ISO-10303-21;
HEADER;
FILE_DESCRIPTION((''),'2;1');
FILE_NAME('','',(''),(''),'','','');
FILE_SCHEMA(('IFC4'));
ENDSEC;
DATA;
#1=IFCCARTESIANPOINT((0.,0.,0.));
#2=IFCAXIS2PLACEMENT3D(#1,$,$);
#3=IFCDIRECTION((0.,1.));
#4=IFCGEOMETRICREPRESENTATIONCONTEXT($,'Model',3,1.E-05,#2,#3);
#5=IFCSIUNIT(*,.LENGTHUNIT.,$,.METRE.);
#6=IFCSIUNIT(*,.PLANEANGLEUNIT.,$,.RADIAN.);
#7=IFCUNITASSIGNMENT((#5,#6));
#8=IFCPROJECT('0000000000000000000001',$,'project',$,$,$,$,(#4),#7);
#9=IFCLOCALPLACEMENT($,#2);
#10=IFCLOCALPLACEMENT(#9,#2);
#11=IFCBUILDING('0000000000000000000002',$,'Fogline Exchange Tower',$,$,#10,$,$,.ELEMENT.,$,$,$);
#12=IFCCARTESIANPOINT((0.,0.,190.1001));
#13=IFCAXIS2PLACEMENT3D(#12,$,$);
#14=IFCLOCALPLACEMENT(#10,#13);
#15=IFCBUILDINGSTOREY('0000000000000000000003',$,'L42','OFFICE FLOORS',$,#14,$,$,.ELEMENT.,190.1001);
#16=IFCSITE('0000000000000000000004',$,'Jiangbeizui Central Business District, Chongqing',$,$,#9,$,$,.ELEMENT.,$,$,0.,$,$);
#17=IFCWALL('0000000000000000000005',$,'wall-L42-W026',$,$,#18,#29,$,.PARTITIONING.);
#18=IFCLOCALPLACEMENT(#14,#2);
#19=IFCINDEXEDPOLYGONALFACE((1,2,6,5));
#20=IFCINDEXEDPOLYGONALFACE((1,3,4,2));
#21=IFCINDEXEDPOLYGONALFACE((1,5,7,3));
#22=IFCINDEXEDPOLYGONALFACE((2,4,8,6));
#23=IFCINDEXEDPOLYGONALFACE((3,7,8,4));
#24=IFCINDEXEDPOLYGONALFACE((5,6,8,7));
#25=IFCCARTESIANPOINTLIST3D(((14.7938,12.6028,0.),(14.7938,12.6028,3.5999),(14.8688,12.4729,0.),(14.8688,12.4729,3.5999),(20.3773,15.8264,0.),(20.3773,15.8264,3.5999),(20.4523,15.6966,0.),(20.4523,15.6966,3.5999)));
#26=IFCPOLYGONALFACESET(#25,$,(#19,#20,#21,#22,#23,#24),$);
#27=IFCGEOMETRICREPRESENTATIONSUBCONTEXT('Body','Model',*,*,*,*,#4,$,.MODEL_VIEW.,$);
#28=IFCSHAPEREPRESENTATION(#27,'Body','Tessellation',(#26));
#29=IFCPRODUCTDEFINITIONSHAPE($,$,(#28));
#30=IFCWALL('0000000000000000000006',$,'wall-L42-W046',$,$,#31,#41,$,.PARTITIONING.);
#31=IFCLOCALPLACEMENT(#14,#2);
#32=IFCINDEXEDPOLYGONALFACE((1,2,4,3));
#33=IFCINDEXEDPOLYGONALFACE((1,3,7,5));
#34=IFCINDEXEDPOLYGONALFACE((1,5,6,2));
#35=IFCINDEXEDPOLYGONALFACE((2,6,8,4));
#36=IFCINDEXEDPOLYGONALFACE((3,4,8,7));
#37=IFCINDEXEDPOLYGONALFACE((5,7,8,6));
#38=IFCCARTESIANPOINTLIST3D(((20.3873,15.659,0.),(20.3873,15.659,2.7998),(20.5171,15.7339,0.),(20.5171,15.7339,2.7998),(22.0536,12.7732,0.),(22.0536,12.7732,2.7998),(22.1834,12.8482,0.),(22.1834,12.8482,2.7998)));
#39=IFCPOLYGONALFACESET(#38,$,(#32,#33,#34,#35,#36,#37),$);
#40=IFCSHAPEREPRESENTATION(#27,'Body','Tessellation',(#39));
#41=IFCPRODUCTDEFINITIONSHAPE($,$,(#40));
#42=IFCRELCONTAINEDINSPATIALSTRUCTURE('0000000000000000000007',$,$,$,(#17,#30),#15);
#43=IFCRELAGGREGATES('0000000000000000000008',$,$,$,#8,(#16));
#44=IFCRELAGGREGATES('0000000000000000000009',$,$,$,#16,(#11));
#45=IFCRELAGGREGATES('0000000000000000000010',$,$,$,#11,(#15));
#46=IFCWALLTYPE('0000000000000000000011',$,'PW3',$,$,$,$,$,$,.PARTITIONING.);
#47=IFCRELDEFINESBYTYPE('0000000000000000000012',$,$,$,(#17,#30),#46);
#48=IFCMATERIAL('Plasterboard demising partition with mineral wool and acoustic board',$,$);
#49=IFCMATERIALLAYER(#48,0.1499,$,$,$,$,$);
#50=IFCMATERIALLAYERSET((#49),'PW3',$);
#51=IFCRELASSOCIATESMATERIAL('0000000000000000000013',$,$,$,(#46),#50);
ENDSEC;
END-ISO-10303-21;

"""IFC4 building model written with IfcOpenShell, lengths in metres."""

from ifc_helpers import new_model, si_unit, direction, frame, frame_2d, origin, place, context, subcontext, project, spatial, rectangle, extrude, material, layer, layer_set, type_object, element, save


model = new_model("IFC4")

# Units and contexts
model_context = context("Model", 3, precision=1e-05, world=origin(), true_north=direction((0.0, 1.0)))
body_context = subcontext(model_context, "Body", "Model", "MODEL_VIEW")
ifc_project = project(units=[si_unit("LENGTHUNIT", "METRE"), si_unit("PLANEANGLEUNIT", "RADIAN")], contexts=[model_context])

# Site, building, storey
site_placement = place(None, origin())
site = spatial("IfcSite", under=ifc_project, at=site_placement, Name="Jiangbeizui Central Business District, Chongqing", CompositionType="ELEMENT", RefElevation=0.0)
building_placement = place(site_placement, origin())
building = spatial("IfcBuilding", under=site, at=building_placement, Name="Fogline Exchange Tower", CompositionType="ELEMENT")
storey_placement = place(building_placement, frame((0.0, 0.0, 190.1001)))
storey = spatial("IfcBuildingStorey", under=building, at=storey_placement, Name="L42", Description="OFFICE FLOORS", CompositionType="ELEMENT", Elevation=190.1001)

# Walls
ifc_material_1 = material(Name="Plasterboard demising partition with mineral wool and acoustic board")
ifc_layer_1 = layer(ifc_material_1, 0.1499)
ifc_layer_set_1 = layer_set([ifc_layer_1], Name="PW3")
wall_type_1 = type_object("IfcWallType", Name="PW3", PredefinedType="PARTITIONING", material=ifc_layer_set_1)
wall_1_placement = place(storey_placement, frame((20.4148, 15.7615, 0.0), z_axis=(0.0, 0.0, 1.0), x_axis=(-0.866025, -0.5, 0.0)))
element("IfcWall", 1, at=wall_1_placement, inside=storey, type_object=wall_type_1, Name="wall-L42-W026", PredefinedType="PARTITIONING", context=body_context, shape_type="SweptSolid", body=[
    extrude(rectangle(XDim=6.4473, YDim=0.1499, at=frame_2d((3.2236, 0.0))), origin(), (0.0, 0.0, 1.0), 3.5999),
])
wall_2_placement = place(storey_placement, frame((22.1184, 12.8108, 0.0), z_axis=(0.0, 0.0, 1.0), x_axis=(-0.50004, 0.866003, 0.0)))
element("IfcWall", 2, at=wall_2_placement, inside=storey, type_object=wall_type_1, Name="wall-L42-W046", PredefinedType="PARTITIONING", context=body_context, shape_type="SweptSolid", body=[
    extrude(rectangle(XDim=3.3323, YDim=0.1499, at=frame_2d((1.666, 0.0))), origin(), (0.0, 0.0, 1.0), 2.7998),
])

save(model, "model.ifc")
